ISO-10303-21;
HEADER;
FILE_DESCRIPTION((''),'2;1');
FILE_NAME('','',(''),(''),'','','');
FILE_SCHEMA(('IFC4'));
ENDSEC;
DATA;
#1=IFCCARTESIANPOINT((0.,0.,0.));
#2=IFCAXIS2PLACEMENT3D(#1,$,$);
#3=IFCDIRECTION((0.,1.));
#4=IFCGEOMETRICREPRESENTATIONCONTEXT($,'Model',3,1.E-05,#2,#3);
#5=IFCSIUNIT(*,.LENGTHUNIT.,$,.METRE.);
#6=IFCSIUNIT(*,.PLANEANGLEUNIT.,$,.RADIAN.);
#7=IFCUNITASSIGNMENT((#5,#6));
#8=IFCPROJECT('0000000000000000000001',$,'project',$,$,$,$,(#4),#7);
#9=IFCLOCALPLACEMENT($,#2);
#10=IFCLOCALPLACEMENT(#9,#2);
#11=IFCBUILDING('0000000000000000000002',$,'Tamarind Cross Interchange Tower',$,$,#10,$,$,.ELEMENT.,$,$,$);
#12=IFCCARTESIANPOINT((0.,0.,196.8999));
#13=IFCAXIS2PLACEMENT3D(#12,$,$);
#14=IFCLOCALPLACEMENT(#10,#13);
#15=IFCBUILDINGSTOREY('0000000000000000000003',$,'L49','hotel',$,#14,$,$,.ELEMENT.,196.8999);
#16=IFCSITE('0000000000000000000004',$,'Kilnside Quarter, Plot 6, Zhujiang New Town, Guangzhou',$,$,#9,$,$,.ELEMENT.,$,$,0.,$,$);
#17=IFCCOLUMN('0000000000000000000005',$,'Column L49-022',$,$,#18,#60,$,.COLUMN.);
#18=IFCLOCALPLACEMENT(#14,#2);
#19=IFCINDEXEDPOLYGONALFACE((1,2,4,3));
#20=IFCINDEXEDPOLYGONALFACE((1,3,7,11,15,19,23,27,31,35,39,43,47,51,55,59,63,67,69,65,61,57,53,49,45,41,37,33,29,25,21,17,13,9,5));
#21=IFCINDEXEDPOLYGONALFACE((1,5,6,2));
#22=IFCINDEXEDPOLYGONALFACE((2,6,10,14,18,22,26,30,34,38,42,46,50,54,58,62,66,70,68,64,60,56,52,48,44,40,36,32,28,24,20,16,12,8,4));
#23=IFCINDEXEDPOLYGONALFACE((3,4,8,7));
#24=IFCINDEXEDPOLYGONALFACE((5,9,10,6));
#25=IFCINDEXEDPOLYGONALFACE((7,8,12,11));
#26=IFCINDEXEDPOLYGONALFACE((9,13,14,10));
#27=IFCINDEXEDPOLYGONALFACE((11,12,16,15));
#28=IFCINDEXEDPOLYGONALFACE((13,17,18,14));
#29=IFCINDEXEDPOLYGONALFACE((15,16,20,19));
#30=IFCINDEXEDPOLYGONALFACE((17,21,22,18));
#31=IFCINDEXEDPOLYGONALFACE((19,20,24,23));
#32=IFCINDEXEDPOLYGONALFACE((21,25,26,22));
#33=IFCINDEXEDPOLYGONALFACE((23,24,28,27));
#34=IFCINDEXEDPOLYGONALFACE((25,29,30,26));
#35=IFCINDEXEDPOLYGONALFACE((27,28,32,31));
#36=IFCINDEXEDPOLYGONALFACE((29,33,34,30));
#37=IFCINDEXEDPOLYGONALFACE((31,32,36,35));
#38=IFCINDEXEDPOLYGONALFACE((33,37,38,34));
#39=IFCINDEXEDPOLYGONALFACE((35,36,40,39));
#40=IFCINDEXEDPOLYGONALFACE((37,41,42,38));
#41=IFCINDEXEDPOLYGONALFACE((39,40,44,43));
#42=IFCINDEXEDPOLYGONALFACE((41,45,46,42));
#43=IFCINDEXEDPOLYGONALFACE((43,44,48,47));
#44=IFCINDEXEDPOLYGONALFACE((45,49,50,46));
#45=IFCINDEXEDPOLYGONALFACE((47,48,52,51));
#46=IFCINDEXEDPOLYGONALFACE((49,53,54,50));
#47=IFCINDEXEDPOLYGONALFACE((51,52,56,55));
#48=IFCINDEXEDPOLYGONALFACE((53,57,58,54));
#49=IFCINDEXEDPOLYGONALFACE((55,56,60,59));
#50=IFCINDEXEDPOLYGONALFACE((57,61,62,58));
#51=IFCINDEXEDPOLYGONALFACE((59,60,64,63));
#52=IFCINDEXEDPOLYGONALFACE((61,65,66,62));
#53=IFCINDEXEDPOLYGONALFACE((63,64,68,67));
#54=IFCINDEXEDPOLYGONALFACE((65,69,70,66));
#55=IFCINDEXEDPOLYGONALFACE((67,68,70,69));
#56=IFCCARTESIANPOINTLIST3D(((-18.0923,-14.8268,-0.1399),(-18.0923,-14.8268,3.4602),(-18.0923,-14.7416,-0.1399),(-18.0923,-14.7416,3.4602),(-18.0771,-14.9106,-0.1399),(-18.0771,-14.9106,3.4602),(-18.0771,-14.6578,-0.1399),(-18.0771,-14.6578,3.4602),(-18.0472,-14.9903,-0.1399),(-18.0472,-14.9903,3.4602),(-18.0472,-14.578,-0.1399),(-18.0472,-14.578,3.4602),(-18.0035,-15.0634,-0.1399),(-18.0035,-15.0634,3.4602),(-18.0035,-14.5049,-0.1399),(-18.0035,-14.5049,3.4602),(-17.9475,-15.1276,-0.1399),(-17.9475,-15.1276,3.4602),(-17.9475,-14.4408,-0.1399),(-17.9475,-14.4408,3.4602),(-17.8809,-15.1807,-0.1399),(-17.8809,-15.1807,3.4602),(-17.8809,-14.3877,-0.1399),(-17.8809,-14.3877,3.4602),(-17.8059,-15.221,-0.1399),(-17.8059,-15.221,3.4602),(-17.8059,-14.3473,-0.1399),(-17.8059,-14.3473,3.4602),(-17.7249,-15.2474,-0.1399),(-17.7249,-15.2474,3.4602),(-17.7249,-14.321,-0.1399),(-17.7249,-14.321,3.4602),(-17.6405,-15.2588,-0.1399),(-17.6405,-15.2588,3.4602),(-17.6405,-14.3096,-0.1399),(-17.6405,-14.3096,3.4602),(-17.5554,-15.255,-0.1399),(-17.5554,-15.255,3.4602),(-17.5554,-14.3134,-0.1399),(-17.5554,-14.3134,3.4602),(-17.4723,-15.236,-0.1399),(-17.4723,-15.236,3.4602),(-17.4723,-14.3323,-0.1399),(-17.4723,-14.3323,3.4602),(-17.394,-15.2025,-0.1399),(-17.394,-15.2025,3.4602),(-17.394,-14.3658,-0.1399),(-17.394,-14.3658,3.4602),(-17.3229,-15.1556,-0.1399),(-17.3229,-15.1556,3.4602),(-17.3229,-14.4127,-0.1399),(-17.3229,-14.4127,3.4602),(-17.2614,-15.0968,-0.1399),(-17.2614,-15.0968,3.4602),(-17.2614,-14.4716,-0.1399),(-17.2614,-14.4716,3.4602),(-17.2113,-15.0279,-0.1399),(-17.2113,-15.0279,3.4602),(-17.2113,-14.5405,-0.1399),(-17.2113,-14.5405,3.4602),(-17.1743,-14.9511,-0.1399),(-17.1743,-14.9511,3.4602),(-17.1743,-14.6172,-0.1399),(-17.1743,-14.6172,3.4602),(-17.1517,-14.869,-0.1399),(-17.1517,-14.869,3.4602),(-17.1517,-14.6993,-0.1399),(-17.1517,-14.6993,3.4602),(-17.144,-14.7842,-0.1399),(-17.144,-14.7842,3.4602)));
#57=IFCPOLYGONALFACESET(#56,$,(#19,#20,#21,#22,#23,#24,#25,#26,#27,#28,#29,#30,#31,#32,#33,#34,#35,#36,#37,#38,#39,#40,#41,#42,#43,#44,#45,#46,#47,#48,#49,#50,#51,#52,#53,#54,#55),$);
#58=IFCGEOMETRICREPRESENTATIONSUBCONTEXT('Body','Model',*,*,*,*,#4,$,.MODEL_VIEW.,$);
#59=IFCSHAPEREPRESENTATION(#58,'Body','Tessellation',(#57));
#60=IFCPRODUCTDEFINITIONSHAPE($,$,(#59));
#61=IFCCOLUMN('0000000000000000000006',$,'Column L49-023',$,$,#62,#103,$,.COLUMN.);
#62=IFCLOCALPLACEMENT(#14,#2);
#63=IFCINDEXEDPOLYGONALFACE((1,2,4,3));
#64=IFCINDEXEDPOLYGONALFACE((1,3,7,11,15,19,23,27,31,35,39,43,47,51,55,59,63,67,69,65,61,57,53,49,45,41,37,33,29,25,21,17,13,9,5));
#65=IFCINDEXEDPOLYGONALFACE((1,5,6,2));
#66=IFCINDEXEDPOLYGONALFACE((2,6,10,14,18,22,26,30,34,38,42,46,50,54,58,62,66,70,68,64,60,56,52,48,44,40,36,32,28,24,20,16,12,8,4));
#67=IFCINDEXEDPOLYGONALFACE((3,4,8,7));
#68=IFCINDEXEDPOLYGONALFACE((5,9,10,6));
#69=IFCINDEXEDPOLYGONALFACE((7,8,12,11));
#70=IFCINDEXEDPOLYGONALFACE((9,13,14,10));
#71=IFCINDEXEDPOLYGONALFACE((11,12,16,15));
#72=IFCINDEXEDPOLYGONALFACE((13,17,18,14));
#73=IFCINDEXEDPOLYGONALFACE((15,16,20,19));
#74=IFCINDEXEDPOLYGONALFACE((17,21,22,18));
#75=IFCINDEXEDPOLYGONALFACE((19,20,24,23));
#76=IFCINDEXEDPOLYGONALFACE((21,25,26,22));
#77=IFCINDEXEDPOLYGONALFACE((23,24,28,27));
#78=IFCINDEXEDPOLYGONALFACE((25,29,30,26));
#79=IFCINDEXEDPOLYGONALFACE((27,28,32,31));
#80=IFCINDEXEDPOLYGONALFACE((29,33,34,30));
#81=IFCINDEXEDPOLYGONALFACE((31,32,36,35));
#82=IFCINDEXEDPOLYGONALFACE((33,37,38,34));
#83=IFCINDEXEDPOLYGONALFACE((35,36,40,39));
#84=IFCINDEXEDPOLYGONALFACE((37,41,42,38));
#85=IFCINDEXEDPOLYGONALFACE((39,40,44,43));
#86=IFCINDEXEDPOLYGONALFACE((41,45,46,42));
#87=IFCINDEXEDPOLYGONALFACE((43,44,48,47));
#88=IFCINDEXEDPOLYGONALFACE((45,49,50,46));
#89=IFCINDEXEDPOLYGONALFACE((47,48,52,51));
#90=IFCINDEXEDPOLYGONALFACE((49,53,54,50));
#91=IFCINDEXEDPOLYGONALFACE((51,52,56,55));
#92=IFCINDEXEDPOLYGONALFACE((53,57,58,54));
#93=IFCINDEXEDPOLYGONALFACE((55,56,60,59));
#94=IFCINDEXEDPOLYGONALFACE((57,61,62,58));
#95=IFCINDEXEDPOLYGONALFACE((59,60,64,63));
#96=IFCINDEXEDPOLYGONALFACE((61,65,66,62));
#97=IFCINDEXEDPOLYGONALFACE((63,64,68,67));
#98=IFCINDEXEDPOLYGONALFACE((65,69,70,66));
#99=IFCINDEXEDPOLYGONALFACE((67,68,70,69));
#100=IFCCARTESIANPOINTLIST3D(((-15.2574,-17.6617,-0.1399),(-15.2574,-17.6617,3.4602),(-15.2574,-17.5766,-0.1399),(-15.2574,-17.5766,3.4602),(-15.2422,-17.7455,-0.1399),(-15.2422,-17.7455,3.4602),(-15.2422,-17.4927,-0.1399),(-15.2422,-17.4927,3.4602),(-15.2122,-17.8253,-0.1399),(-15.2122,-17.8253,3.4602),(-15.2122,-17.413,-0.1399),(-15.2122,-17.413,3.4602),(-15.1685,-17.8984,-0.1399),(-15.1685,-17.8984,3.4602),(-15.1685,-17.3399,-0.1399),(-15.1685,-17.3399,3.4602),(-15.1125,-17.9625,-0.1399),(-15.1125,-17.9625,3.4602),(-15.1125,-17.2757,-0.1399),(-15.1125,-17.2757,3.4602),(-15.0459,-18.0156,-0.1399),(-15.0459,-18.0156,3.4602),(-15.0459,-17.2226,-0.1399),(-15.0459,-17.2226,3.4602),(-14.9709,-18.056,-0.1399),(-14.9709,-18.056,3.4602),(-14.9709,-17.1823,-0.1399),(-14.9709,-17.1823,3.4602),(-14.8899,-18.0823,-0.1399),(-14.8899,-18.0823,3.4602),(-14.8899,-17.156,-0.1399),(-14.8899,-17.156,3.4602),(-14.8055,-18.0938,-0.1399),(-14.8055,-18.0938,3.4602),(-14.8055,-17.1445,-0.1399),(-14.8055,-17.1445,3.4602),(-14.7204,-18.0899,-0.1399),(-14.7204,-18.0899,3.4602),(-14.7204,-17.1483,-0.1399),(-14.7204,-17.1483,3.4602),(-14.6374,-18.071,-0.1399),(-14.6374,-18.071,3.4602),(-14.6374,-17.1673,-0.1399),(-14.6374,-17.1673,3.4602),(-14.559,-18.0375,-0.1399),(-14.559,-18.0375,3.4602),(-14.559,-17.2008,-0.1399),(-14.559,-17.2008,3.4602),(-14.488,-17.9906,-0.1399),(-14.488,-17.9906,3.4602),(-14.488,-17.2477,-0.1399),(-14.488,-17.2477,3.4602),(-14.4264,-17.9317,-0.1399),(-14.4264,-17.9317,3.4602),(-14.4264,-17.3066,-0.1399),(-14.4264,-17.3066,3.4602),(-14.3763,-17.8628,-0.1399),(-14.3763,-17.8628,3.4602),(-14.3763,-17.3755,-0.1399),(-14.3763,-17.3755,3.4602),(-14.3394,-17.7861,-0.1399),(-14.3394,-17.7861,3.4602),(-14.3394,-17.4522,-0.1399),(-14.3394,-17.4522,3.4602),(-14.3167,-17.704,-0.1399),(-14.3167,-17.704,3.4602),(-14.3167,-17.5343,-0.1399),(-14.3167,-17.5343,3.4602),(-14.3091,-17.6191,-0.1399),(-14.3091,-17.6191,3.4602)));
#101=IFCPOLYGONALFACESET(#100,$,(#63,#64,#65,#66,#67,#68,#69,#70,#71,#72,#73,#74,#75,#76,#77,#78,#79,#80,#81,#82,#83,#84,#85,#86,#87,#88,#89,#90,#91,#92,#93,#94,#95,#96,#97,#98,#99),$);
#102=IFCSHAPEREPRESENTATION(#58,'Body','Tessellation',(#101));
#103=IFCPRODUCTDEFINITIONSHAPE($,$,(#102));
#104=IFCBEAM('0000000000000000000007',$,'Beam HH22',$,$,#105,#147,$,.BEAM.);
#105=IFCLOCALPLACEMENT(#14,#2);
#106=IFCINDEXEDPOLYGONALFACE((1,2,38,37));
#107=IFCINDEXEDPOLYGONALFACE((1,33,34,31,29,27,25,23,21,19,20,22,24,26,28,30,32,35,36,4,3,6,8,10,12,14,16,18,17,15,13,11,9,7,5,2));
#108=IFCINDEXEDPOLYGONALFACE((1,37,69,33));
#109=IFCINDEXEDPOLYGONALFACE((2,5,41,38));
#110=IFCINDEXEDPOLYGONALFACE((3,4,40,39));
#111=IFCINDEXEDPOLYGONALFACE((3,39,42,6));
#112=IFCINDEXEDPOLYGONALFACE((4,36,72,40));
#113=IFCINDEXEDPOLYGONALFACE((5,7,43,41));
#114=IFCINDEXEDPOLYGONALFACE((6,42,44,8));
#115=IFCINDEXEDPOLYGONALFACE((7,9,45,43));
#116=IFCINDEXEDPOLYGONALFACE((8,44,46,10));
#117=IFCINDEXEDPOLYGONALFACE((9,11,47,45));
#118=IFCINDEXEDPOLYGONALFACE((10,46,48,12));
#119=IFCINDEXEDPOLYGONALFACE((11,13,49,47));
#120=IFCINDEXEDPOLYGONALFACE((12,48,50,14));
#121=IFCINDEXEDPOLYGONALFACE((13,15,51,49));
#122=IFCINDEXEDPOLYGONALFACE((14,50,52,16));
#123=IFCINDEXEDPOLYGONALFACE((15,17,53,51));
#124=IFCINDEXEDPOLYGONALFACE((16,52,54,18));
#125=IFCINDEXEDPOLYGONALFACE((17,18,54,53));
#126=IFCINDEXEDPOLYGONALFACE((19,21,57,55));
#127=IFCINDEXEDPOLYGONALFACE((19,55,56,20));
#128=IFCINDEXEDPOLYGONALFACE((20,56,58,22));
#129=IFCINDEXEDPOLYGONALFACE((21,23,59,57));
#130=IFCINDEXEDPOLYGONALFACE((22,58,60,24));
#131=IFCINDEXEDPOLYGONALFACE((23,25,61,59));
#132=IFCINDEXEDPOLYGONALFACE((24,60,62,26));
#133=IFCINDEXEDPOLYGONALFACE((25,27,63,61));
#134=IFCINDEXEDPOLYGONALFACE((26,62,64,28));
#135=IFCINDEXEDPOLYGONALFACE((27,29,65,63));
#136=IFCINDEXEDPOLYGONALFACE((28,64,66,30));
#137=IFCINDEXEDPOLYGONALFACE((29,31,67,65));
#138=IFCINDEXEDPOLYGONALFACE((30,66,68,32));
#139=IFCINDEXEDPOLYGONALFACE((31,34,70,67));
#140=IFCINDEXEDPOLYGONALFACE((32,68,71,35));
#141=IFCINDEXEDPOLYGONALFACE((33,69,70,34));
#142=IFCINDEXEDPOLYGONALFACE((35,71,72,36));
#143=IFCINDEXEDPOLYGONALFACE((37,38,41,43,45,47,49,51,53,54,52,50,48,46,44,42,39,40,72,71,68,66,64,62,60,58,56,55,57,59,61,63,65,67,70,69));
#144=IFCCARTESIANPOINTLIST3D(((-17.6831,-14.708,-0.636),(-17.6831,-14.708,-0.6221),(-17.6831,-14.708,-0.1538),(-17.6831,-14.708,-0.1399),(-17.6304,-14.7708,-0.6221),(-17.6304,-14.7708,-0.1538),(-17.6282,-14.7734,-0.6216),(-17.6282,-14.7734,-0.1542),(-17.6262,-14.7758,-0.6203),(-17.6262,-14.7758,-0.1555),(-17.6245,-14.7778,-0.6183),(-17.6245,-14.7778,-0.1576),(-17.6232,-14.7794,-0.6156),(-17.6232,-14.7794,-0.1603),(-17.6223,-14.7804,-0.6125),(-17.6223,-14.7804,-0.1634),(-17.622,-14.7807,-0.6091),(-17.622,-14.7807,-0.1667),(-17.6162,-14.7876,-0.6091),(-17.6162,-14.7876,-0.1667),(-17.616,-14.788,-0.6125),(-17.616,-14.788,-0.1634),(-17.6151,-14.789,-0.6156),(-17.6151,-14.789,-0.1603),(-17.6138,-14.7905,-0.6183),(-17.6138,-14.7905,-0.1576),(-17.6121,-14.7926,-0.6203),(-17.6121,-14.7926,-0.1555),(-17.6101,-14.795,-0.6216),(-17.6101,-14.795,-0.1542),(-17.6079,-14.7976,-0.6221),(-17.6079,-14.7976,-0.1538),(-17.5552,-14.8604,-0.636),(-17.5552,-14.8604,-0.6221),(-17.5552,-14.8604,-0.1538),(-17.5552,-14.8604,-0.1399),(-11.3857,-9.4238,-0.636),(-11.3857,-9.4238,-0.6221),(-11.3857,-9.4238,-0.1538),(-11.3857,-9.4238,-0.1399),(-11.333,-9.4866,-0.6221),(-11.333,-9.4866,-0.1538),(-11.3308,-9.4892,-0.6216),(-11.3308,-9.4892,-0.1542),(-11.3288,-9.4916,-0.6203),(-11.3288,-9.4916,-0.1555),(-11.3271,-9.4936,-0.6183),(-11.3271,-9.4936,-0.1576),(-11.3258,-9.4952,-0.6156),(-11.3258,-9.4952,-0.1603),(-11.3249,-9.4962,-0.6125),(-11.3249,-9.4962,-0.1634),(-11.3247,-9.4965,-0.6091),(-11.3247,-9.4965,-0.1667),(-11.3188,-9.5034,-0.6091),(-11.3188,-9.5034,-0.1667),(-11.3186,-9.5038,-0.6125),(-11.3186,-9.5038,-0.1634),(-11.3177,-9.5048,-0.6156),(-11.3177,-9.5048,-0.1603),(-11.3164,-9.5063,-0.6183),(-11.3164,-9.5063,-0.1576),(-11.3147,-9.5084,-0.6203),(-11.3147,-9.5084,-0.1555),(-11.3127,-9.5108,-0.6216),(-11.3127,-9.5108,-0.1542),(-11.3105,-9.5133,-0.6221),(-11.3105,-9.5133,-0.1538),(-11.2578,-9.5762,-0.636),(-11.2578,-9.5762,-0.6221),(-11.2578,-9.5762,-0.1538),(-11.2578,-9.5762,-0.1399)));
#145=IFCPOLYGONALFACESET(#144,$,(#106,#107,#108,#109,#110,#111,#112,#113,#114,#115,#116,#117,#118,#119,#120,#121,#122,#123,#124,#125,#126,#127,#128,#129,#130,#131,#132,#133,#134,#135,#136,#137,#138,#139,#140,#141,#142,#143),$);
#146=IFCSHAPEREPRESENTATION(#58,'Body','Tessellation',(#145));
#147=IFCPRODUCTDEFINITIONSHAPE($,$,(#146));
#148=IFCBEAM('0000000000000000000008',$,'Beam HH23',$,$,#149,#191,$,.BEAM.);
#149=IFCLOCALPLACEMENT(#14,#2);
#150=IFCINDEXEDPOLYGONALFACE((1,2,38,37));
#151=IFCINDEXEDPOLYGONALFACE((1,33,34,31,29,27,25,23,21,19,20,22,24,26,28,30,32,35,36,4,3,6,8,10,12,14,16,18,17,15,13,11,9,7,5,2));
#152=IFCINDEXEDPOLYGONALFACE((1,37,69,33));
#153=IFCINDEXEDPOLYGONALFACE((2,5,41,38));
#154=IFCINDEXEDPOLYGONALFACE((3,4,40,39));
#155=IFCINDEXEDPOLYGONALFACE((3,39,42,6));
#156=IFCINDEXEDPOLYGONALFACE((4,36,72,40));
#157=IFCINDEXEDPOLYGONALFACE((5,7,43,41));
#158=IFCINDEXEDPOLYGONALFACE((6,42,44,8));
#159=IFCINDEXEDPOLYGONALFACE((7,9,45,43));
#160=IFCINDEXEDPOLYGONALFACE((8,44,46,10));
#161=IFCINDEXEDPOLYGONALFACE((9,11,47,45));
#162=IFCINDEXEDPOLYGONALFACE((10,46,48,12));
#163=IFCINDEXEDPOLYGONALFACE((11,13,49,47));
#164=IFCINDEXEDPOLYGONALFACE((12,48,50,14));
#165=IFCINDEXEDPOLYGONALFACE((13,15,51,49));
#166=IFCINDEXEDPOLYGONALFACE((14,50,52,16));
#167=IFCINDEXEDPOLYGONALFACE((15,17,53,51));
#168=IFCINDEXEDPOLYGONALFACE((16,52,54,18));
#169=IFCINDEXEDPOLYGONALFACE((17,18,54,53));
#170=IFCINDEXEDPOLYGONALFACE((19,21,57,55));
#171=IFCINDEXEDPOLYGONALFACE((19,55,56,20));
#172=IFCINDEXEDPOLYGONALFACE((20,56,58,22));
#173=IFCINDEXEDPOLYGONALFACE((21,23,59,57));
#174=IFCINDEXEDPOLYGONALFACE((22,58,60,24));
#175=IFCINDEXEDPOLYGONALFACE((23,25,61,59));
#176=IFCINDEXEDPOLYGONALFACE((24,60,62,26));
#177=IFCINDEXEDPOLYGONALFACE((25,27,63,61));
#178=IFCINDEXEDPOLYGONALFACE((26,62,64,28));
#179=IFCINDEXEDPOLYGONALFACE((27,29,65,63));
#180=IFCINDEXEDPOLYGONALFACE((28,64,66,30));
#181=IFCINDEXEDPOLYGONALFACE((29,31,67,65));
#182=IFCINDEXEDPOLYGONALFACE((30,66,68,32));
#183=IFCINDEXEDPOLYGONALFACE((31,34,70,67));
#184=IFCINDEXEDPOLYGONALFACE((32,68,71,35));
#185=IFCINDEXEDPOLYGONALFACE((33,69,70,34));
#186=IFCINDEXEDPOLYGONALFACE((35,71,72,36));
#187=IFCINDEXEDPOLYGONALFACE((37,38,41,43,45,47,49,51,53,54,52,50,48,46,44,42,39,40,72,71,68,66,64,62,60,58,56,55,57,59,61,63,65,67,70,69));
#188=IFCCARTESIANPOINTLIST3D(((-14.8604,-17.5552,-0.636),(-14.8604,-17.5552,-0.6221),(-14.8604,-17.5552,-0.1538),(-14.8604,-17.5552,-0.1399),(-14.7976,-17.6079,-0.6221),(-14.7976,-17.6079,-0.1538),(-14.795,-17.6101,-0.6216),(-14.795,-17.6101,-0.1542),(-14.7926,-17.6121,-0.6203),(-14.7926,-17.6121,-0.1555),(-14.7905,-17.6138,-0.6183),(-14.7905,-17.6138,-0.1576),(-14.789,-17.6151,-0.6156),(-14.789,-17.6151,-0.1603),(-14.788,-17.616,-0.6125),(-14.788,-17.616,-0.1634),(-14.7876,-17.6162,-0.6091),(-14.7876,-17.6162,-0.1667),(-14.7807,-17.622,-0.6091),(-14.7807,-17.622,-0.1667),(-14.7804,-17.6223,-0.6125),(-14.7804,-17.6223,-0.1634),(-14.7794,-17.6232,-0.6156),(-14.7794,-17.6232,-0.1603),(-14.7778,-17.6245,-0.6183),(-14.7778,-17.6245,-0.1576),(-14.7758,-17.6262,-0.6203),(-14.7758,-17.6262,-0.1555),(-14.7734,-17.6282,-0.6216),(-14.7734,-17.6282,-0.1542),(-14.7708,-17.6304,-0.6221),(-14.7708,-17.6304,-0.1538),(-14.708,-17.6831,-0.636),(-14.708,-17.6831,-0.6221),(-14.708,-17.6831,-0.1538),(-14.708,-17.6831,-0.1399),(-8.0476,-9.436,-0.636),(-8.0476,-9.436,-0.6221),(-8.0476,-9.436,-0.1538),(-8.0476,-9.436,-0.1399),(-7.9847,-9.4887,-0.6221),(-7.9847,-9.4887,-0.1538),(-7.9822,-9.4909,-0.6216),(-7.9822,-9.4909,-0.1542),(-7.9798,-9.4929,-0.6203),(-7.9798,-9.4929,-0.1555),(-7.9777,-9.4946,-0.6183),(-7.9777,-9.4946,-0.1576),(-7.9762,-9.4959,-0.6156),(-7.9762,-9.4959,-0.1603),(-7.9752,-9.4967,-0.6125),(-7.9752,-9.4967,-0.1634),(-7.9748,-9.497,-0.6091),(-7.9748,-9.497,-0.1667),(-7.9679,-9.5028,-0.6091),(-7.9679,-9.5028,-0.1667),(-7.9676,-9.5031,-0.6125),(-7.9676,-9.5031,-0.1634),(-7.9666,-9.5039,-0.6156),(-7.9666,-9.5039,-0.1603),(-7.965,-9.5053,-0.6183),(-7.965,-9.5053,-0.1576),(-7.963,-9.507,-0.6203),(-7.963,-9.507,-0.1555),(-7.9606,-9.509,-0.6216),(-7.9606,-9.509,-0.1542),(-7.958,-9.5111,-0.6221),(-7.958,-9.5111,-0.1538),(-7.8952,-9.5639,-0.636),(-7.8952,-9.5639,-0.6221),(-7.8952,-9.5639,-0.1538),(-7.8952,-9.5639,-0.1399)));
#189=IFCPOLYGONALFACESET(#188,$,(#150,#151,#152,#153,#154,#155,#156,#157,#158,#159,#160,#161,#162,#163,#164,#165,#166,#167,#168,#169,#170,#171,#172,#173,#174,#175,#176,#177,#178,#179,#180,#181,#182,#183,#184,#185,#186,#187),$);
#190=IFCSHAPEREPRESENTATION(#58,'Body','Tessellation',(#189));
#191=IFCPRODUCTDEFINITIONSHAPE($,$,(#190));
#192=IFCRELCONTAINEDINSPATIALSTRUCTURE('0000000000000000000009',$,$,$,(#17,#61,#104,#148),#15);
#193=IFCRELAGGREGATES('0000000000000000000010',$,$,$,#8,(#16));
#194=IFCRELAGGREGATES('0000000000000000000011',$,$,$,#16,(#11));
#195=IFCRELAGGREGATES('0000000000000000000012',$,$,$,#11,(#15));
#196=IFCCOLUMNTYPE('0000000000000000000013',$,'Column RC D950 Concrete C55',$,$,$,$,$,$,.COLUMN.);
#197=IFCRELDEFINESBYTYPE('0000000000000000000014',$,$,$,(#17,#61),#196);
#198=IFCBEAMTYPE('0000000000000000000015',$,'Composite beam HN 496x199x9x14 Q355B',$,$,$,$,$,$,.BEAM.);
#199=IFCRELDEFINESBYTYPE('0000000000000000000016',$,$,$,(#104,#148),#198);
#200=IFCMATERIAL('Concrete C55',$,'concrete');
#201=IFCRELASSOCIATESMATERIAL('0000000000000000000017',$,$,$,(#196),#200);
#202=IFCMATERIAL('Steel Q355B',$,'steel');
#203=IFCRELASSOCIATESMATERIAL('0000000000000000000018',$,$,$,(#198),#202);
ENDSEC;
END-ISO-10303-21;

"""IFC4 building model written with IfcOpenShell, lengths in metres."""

from ifc_helpers import new_model, si_unit, direction, frame, origin, origin_2d, place, context, subcontext, project, spatial, circle, i_section, extrude, material, material_profile, profile_set, type_object, element, save


model = new_model("IFC4")

# Units and contexts
model_context = context("Model", 3, precision=1e-05, world=origin(), true_north=direction((0.0, 1.0)))
body_context = subcontext(model_context, "Body", "Model", "MODEL_VIEW")
ifc_project = project(units=[si_unit("LENGTHUNIT", "METRE"), si_unit("PLANEANGLEUNIT", "RADIAN")], contexts=[model_context])

# Site, building, storey
site_placement = place(None, origin())
site = spatial("IfcSite", under=ifc_project, at=site_placement, Name="Kilnside Quarter, Plot 6, Zhujiang New Town, Guangzhou", CompositionType="ELEMENT", RefElevation=0.0)
building_placement = place(site_placement, origin())
building = spatial("IfcBuilding", under=site, at=building_placement, Name="Tamarind Cross Interchange Tower", CompositionType="ELEMENT")
storey_placement = place(building_placement, frame((0.0, 0.0, 196.8999)))
storey = spatial("IfcBuildingStorey", under=building, at=storey_placement, Name="L49", Description="hotel", CompositionType="ELEMENT", Elevation=196.8999)

# Columns
ifc_material_1 = material(Name="Concrete C55", Category="concrete")
ifc_material_profile_1 = material_profile(ifc_material_1, circle(Radius=0.4751, at=origin_2d()), Name="RC D950")
ifc_profile_set_1 = profile_set([ifc_material_profile_1], Name="Concrete C55")
column_type = type_object("IfcColumnType", Name="Column RC D950 Concrete C55", PredefinedType="COLUMN", material=ifc_profile_set_1)
for number, where, z_axis, x_axis, name in (
    (1, (-17.6191, -14.7842, -0.1399), (0.0, 0.0, 1.0), (1.0, 0.0, 0.0), "Column L49-022"),
    (2, (-14.7842, -17.6191, -0.1399), (0.0, 0.0, 1.0), (1.0, 0.0, 0.0), "Column L49-023"),
):
    element("IfcColumn", number, at=place(storey_placement, frame(where, z_axis=z_axis, x_axis=x_axis)), inside=storey, type_object=column_type, Name=name, PredefinedType="COLUMN", context=body_context, shape_type="SweptSolid", body=[
        extrude(circle(Radius=0.4751, at=origin_2d()), origin(), (0.0, 0.0, 1.0), 3.6001),
    ])

# Beams
ifc_material_2 = material(Name="Steel Q355B", Category="steel")
ifc_material_profile_2 = material_profile(ifc_material_2, i_section(OverallWidth=0.199, OverallDepth=0.4961, WebThickness=0.009, FlangeThickness=0.0139, FilletRadius=0.0129, at=origin_2d()), Name="HN 496x199x9x14")
ifc_profile_set_2 = profile_set([ifc_material_profile_2], Name="Steel Q355B")
beam_type = type_object("IfcBeamType", Name="Composite beam HN 496x199x9x14 Q355B", PredefinedType="BEAM", material=ifc_profile_set_2)
beam_1_placement = place(storey_placement, frame((-17.6191, -14.7842, -0.3879), z_axis=(0.766041, 0.642792, 0.0), x_axis=(-0.642792, 0.766041, 0.0)))
element("IfcBeam", 3, at=beam_1_placement, inside=storey, type_object=beam_type, Name="Beam HH22", PredefinedType="BEAM", context=body_context, shape_type="SweptSolid", body=[
    extrude(i_section(OverallWidth=0.199, OverallDepth=0.4961, WebThickness=0.009, FlangeThickness=0.0139, FilletRadius=0.0129, at=origin_2d()), origin(), (0.0, 0.0, 1.0), 8.2207),
])
beam_2_placement = place(storey_placement, frame((-14.7842, -17.6191, -0.3879), z_axis=(0.642786, 0.766046, 0.0), x_axis=(-0.766046, 0.642786, 0.0)))
element("IfcBeam", 4, at=beam_2_placement, inside=storey, type_object=beam_type, Name="Beam HH23", PredefinedType="BEAM", context=body_context, shape_type="SweptSolid", body=[
    extrude(i_section(OverallWidth=0.199, OverallDepth=0.4961, WebThickness=0.009, FlangeThickness=0.0139, FilletRadius=0.0129, at=origin_2d()), origin(), (0.0, 0.0, 1.0), 10.5989),
])

save(model, "model.ifc")
